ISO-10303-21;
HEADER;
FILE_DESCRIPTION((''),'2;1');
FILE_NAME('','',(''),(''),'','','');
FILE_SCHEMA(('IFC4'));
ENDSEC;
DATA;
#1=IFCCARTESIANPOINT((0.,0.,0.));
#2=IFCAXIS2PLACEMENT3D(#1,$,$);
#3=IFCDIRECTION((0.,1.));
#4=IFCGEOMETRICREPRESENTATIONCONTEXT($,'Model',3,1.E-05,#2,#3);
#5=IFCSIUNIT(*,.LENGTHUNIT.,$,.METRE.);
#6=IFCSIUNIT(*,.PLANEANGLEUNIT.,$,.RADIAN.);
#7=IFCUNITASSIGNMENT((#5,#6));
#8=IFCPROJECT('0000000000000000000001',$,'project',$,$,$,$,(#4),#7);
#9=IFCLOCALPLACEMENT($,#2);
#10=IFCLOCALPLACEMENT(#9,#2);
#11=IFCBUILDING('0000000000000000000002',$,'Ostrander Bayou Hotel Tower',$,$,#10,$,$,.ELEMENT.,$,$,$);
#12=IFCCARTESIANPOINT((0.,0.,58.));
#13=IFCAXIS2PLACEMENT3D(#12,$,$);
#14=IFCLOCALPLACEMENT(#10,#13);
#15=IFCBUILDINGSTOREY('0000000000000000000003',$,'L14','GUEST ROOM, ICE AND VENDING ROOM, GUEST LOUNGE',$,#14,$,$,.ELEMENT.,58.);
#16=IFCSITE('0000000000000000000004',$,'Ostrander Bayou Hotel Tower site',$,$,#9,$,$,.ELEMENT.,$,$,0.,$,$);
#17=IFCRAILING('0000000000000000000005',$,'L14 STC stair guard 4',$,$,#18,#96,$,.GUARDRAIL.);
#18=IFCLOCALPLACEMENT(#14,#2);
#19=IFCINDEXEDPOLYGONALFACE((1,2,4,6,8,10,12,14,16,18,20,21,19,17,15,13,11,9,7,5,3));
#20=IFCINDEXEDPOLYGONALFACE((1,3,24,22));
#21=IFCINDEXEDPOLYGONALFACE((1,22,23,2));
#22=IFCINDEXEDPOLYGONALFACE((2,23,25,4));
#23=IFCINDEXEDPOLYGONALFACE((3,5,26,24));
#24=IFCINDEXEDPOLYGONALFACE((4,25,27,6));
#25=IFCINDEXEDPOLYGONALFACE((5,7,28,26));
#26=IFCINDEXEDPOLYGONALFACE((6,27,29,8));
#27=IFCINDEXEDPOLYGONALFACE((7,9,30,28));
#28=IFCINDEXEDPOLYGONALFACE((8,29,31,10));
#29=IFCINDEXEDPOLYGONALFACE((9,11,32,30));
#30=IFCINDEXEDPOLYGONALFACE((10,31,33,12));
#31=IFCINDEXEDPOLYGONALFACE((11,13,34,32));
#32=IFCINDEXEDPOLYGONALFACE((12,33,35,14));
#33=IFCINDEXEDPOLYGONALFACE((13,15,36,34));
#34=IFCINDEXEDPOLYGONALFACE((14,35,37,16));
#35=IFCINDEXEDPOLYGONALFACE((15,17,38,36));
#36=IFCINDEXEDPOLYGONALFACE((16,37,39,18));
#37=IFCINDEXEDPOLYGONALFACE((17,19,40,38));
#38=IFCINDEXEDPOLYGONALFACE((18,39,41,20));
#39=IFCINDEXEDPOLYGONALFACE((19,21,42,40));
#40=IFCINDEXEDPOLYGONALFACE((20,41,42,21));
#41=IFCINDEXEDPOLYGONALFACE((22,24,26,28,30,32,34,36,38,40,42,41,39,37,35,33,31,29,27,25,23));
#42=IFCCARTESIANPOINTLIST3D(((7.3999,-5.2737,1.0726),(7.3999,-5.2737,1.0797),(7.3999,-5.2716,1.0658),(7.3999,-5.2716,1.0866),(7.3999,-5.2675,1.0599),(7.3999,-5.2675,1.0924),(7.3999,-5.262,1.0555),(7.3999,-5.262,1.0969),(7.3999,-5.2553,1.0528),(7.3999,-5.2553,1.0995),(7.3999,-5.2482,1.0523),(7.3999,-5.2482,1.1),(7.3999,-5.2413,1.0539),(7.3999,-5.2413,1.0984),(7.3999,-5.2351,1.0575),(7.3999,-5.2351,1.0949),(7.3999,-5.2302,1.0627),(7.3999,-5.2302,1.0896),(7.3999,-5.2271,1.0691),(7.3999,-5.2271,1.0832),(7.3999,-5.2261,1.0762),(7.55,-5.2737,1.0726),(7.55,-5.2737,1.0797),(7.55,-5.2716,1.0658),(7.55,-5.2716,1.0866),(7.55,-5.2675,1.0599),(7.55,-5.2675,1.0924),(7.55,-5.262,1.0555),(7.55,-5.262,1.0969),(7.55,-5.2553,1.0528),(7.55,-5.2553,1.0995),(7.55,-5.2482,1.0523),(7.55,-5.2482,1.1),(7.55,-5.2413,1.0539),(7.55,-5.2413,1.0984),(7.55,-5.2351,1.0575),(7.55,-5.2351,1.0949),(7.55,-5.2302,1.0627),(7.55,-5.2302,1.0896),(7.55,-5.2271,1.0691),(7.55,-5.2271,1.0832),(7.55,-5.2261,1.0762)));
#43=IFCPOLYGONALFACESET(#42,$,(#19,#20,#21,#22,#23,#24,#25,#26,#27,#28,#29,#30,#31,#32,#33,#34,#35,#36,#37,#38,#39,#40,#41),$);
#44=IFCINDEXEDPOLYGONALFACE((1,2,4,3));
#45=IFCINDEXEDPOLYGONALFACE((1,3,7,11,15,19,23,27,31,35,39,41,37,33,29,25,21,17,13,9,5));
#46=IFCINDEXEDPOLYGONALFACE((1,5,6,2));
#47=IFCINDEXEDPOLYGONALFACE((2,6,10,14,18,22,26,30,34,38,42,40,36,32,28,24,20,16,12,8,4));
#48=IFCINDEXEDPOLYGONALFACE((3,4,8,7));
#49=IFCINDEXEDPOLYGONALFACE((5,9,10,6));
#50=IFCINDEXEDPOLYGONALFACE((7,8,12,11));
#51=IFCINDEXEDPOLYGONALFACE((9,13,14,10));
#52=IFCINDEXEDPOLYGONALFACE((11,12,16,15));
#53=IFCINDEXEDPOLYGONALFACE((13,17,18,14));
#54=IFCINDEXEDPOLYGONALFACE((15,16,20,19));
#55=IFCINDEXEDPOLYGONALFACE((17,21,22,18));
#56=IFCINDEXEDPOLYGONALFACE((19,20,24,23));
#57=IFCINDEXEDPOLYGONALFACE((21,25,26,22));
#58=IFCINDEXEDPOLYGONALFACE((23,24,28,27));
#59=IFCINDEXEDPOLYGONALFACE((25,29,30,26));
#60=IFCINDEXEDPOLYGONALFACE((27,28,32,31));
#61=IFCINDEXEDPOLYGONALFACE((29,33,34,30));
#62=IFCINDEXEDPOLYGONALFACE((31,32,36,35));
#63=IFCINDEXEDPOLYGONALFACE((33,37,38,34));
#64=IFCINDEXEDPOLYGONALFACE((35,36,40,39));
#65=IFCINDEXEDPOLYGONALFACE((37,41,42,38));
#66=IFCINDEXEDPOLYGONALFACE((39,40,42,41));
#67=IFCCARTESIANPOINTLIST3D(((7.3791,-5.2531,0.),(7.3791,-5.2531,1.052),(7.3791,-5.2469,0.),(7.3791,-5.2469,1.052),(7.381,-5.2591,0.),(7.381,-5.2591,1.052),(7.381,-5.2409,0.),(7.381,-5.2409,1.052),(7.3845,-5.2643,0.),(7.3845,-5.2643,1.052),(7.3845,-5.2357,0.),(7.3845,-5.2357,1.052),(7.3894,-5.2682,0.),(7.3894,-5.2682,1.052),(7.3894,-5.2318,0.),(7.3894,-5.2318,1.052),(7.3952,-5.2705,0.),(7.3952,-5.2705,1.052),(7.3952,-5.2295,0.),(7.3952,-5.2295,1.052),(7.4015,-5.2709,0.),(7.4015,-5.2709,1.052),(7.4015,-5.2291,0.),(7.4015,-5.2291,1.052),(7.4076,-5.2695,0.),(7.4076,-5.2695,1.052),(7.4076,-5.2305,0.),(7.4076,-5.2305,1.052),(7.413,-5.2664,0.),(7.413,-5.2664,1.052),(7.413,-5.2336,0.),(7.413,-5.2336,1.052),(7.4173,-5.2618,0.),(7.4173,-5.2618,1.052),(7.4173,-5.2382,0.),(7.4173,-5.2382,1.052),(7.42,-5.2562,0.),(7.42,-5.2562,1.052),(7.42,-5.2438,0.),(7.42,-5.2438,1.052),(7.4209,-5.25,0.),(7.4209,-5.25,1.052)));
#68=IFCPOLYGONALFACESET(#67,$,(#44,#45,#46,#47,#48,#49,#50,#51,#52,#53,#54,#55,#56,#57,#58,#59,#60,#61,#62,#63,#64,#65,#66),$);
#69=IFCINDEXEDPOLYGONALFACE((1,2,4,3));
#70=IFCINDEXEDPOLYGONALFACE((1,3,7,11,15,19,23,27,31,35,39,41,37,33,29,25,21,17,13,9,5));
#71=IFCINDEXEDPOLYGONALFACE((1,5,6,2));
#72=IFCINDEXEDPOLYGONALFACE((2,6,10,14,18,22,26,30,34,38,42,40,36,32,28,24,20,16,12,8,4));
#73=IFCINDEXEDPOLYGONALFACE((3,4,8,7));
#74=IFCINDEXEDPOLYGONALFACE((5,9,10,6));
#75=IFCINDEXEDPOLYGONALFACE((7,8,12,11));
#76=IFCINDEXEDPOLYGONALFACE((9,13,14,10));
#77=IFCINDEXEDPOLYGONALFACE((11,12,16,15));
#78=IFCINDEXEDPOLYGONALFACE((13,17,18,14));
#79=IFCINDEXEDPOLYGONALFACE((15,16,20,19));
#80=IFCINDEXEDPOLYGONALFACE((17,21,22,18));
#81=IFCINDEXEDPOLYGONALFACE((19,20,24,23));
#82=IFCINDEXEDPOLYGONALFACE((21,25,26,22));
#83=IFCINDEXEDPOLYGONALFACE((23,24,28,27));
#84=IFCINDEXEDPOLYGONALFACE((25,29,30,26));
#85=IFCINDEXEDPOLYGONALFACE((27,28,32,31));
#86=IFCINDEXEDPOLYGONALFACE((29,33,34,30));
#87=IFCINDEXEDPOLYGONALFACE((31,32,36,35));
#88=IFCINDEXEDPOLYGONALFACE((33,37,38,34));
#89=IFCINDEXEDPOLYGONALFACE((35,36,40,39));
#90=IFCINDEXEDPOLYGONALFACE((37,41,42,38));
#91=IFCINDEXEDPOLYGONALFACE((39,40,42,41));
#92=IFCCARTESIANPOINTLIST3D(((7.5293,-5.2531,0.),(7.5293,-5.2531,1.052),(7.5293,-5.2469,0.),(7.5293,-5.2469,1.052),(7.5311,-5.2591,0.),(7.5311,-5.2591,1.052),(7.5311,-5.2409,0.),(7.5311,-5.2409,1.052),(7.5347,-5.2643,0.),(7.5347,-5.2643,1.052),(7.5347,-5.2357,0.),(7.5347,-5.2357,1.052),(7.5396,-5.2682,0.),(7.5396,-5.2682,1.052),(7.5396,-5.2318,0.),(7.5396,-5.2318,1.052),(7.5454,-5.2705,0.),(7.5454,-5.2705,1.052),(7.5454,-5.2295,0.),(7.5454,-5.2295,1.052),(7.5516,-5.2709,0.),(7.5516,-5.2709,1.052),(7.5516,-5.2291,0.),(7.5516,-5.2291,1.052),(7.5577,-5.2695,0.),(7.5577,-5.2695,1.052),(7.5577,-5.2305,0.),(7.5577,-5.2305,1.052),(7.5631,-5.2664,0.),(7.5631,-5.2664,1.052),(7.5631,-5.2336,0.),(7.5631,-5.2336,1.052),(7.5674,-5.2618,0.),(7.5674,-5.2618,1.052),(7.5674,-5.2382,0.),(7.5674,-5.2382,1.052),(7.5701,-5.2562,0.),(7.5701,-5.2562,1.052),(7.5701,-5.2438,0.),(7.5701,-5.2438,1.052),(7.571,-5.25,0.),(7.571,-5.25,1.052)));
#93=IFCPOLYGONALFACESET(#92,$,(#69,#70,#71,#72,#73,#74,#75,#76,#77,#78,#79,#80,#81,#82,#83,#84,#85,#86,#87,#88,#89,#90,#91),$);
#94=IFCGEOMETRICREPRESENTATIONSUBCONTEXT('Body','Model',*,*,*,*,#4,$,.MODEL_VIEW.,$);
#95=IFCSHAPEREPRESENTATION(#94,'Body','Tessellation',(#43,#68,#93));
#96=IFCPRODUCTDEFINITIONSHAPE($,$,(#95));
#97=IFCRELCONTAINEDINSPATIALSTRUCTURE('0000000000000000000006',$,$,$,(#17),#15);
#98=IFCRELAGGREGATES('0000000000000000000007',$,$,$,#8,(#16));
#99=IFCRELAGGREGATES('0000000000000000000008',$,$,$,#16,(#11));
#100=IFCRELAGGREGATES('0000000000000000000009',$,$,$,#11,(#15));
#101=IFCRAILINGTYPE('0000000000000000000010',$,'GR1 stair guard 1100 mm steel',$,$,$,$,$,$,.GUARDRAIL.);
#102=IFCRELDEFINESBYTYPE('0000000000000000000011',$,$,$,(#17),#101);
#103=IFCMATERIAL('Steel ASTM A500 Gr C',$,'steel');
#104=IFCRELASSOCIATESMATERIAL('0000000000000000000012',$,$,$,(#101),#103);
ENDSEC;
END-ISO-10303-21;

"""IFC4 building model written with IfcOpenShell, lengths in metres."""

from ifc_helpers import new_model, si_unit, direction, frame, origin, origin_2d, place, context, subcontext, project, spatial, circle, extrude, material, type_object, element, save


model = new_model("IFC4")

# Units and contexts
model_context = context("Model", 3, precision=1e-05, world=origin(), true_north=direction((0.0, 1.0)))
body_context = subcontext(model_context, "Body", "Model", "MODEL_VIEW")
ifc_project = project(units=[si_unit("LENGTHUNIT", "METRE"), si_unit("PLANEANGLEUNIT", "RADIAN")], contexts=[model_context])

# Site, building, storey
site_placement = place(None, origin())
site = spatial("IfcSite", under=ifc_project, at=site_placement, Name="Ostrander Bayou Hotel Tower site", CompositionType="ELEMENT", RefElevation=0.0)
building_placement = place(site_placement, origin())
building = spatial("IfcBuilding", under=site, at=building_placement, Name="Ostrander Bayou Hotel Tower", CompositionType="ELEMENT")
storey_placement = place(building_placement, frame((0.0, 0.0, 58.0)))
storey = spatial("IfcBuildingStorey", under=building, at=storey_placement, Name="L14", Description="GUEST ROOM, ICE AND VENDING ROOM, GUEST LOUNGE", CompositionType="ELEMENT", Elevation=58.0)

# Railing
ifc_material_1 = material(Name="Steel ASTM A500 Gr C", Category="steel")
railing_type_1 = type_object("IfcRailingType", Name="GR1 stair guard 1100 mm steel", PredefinedType="GUARDRAIL", material=ifc_material_1)
railing_1_placement = place(storey_placement, frame((7.3999, -5.25, 0.0)))
element("IfcRailing", 1, at=railing_1_placement, inside=storey, type_object=railing_type_1, Name="L14 STC stair guard 4", PredefinedType="GUARDRAIL", context=body_context, shape_type="SweptSolid", body=[
    extrude(circle(Radius=0.0239, at=origin_2d()), frame((0.0, 0.0, 1.0762), z_axis=(1.0, 0.0, 0.0), x_axis=(0.0, 1.0, 0.0)), (0.0, 0.0, 1.0), 0.1501),
    extrude(circle(Radius=0.021, at=origin_2d()), origin(), (0.0, 0.0, 1.0), 1.052),
    extrude(circle(Radius=0.021, at=origin_2d()), frame((0.1501, 0.0, 0.0)), (0.0, 0.0, 1.0), 1.052),
])

save(model, "model.ifc")
